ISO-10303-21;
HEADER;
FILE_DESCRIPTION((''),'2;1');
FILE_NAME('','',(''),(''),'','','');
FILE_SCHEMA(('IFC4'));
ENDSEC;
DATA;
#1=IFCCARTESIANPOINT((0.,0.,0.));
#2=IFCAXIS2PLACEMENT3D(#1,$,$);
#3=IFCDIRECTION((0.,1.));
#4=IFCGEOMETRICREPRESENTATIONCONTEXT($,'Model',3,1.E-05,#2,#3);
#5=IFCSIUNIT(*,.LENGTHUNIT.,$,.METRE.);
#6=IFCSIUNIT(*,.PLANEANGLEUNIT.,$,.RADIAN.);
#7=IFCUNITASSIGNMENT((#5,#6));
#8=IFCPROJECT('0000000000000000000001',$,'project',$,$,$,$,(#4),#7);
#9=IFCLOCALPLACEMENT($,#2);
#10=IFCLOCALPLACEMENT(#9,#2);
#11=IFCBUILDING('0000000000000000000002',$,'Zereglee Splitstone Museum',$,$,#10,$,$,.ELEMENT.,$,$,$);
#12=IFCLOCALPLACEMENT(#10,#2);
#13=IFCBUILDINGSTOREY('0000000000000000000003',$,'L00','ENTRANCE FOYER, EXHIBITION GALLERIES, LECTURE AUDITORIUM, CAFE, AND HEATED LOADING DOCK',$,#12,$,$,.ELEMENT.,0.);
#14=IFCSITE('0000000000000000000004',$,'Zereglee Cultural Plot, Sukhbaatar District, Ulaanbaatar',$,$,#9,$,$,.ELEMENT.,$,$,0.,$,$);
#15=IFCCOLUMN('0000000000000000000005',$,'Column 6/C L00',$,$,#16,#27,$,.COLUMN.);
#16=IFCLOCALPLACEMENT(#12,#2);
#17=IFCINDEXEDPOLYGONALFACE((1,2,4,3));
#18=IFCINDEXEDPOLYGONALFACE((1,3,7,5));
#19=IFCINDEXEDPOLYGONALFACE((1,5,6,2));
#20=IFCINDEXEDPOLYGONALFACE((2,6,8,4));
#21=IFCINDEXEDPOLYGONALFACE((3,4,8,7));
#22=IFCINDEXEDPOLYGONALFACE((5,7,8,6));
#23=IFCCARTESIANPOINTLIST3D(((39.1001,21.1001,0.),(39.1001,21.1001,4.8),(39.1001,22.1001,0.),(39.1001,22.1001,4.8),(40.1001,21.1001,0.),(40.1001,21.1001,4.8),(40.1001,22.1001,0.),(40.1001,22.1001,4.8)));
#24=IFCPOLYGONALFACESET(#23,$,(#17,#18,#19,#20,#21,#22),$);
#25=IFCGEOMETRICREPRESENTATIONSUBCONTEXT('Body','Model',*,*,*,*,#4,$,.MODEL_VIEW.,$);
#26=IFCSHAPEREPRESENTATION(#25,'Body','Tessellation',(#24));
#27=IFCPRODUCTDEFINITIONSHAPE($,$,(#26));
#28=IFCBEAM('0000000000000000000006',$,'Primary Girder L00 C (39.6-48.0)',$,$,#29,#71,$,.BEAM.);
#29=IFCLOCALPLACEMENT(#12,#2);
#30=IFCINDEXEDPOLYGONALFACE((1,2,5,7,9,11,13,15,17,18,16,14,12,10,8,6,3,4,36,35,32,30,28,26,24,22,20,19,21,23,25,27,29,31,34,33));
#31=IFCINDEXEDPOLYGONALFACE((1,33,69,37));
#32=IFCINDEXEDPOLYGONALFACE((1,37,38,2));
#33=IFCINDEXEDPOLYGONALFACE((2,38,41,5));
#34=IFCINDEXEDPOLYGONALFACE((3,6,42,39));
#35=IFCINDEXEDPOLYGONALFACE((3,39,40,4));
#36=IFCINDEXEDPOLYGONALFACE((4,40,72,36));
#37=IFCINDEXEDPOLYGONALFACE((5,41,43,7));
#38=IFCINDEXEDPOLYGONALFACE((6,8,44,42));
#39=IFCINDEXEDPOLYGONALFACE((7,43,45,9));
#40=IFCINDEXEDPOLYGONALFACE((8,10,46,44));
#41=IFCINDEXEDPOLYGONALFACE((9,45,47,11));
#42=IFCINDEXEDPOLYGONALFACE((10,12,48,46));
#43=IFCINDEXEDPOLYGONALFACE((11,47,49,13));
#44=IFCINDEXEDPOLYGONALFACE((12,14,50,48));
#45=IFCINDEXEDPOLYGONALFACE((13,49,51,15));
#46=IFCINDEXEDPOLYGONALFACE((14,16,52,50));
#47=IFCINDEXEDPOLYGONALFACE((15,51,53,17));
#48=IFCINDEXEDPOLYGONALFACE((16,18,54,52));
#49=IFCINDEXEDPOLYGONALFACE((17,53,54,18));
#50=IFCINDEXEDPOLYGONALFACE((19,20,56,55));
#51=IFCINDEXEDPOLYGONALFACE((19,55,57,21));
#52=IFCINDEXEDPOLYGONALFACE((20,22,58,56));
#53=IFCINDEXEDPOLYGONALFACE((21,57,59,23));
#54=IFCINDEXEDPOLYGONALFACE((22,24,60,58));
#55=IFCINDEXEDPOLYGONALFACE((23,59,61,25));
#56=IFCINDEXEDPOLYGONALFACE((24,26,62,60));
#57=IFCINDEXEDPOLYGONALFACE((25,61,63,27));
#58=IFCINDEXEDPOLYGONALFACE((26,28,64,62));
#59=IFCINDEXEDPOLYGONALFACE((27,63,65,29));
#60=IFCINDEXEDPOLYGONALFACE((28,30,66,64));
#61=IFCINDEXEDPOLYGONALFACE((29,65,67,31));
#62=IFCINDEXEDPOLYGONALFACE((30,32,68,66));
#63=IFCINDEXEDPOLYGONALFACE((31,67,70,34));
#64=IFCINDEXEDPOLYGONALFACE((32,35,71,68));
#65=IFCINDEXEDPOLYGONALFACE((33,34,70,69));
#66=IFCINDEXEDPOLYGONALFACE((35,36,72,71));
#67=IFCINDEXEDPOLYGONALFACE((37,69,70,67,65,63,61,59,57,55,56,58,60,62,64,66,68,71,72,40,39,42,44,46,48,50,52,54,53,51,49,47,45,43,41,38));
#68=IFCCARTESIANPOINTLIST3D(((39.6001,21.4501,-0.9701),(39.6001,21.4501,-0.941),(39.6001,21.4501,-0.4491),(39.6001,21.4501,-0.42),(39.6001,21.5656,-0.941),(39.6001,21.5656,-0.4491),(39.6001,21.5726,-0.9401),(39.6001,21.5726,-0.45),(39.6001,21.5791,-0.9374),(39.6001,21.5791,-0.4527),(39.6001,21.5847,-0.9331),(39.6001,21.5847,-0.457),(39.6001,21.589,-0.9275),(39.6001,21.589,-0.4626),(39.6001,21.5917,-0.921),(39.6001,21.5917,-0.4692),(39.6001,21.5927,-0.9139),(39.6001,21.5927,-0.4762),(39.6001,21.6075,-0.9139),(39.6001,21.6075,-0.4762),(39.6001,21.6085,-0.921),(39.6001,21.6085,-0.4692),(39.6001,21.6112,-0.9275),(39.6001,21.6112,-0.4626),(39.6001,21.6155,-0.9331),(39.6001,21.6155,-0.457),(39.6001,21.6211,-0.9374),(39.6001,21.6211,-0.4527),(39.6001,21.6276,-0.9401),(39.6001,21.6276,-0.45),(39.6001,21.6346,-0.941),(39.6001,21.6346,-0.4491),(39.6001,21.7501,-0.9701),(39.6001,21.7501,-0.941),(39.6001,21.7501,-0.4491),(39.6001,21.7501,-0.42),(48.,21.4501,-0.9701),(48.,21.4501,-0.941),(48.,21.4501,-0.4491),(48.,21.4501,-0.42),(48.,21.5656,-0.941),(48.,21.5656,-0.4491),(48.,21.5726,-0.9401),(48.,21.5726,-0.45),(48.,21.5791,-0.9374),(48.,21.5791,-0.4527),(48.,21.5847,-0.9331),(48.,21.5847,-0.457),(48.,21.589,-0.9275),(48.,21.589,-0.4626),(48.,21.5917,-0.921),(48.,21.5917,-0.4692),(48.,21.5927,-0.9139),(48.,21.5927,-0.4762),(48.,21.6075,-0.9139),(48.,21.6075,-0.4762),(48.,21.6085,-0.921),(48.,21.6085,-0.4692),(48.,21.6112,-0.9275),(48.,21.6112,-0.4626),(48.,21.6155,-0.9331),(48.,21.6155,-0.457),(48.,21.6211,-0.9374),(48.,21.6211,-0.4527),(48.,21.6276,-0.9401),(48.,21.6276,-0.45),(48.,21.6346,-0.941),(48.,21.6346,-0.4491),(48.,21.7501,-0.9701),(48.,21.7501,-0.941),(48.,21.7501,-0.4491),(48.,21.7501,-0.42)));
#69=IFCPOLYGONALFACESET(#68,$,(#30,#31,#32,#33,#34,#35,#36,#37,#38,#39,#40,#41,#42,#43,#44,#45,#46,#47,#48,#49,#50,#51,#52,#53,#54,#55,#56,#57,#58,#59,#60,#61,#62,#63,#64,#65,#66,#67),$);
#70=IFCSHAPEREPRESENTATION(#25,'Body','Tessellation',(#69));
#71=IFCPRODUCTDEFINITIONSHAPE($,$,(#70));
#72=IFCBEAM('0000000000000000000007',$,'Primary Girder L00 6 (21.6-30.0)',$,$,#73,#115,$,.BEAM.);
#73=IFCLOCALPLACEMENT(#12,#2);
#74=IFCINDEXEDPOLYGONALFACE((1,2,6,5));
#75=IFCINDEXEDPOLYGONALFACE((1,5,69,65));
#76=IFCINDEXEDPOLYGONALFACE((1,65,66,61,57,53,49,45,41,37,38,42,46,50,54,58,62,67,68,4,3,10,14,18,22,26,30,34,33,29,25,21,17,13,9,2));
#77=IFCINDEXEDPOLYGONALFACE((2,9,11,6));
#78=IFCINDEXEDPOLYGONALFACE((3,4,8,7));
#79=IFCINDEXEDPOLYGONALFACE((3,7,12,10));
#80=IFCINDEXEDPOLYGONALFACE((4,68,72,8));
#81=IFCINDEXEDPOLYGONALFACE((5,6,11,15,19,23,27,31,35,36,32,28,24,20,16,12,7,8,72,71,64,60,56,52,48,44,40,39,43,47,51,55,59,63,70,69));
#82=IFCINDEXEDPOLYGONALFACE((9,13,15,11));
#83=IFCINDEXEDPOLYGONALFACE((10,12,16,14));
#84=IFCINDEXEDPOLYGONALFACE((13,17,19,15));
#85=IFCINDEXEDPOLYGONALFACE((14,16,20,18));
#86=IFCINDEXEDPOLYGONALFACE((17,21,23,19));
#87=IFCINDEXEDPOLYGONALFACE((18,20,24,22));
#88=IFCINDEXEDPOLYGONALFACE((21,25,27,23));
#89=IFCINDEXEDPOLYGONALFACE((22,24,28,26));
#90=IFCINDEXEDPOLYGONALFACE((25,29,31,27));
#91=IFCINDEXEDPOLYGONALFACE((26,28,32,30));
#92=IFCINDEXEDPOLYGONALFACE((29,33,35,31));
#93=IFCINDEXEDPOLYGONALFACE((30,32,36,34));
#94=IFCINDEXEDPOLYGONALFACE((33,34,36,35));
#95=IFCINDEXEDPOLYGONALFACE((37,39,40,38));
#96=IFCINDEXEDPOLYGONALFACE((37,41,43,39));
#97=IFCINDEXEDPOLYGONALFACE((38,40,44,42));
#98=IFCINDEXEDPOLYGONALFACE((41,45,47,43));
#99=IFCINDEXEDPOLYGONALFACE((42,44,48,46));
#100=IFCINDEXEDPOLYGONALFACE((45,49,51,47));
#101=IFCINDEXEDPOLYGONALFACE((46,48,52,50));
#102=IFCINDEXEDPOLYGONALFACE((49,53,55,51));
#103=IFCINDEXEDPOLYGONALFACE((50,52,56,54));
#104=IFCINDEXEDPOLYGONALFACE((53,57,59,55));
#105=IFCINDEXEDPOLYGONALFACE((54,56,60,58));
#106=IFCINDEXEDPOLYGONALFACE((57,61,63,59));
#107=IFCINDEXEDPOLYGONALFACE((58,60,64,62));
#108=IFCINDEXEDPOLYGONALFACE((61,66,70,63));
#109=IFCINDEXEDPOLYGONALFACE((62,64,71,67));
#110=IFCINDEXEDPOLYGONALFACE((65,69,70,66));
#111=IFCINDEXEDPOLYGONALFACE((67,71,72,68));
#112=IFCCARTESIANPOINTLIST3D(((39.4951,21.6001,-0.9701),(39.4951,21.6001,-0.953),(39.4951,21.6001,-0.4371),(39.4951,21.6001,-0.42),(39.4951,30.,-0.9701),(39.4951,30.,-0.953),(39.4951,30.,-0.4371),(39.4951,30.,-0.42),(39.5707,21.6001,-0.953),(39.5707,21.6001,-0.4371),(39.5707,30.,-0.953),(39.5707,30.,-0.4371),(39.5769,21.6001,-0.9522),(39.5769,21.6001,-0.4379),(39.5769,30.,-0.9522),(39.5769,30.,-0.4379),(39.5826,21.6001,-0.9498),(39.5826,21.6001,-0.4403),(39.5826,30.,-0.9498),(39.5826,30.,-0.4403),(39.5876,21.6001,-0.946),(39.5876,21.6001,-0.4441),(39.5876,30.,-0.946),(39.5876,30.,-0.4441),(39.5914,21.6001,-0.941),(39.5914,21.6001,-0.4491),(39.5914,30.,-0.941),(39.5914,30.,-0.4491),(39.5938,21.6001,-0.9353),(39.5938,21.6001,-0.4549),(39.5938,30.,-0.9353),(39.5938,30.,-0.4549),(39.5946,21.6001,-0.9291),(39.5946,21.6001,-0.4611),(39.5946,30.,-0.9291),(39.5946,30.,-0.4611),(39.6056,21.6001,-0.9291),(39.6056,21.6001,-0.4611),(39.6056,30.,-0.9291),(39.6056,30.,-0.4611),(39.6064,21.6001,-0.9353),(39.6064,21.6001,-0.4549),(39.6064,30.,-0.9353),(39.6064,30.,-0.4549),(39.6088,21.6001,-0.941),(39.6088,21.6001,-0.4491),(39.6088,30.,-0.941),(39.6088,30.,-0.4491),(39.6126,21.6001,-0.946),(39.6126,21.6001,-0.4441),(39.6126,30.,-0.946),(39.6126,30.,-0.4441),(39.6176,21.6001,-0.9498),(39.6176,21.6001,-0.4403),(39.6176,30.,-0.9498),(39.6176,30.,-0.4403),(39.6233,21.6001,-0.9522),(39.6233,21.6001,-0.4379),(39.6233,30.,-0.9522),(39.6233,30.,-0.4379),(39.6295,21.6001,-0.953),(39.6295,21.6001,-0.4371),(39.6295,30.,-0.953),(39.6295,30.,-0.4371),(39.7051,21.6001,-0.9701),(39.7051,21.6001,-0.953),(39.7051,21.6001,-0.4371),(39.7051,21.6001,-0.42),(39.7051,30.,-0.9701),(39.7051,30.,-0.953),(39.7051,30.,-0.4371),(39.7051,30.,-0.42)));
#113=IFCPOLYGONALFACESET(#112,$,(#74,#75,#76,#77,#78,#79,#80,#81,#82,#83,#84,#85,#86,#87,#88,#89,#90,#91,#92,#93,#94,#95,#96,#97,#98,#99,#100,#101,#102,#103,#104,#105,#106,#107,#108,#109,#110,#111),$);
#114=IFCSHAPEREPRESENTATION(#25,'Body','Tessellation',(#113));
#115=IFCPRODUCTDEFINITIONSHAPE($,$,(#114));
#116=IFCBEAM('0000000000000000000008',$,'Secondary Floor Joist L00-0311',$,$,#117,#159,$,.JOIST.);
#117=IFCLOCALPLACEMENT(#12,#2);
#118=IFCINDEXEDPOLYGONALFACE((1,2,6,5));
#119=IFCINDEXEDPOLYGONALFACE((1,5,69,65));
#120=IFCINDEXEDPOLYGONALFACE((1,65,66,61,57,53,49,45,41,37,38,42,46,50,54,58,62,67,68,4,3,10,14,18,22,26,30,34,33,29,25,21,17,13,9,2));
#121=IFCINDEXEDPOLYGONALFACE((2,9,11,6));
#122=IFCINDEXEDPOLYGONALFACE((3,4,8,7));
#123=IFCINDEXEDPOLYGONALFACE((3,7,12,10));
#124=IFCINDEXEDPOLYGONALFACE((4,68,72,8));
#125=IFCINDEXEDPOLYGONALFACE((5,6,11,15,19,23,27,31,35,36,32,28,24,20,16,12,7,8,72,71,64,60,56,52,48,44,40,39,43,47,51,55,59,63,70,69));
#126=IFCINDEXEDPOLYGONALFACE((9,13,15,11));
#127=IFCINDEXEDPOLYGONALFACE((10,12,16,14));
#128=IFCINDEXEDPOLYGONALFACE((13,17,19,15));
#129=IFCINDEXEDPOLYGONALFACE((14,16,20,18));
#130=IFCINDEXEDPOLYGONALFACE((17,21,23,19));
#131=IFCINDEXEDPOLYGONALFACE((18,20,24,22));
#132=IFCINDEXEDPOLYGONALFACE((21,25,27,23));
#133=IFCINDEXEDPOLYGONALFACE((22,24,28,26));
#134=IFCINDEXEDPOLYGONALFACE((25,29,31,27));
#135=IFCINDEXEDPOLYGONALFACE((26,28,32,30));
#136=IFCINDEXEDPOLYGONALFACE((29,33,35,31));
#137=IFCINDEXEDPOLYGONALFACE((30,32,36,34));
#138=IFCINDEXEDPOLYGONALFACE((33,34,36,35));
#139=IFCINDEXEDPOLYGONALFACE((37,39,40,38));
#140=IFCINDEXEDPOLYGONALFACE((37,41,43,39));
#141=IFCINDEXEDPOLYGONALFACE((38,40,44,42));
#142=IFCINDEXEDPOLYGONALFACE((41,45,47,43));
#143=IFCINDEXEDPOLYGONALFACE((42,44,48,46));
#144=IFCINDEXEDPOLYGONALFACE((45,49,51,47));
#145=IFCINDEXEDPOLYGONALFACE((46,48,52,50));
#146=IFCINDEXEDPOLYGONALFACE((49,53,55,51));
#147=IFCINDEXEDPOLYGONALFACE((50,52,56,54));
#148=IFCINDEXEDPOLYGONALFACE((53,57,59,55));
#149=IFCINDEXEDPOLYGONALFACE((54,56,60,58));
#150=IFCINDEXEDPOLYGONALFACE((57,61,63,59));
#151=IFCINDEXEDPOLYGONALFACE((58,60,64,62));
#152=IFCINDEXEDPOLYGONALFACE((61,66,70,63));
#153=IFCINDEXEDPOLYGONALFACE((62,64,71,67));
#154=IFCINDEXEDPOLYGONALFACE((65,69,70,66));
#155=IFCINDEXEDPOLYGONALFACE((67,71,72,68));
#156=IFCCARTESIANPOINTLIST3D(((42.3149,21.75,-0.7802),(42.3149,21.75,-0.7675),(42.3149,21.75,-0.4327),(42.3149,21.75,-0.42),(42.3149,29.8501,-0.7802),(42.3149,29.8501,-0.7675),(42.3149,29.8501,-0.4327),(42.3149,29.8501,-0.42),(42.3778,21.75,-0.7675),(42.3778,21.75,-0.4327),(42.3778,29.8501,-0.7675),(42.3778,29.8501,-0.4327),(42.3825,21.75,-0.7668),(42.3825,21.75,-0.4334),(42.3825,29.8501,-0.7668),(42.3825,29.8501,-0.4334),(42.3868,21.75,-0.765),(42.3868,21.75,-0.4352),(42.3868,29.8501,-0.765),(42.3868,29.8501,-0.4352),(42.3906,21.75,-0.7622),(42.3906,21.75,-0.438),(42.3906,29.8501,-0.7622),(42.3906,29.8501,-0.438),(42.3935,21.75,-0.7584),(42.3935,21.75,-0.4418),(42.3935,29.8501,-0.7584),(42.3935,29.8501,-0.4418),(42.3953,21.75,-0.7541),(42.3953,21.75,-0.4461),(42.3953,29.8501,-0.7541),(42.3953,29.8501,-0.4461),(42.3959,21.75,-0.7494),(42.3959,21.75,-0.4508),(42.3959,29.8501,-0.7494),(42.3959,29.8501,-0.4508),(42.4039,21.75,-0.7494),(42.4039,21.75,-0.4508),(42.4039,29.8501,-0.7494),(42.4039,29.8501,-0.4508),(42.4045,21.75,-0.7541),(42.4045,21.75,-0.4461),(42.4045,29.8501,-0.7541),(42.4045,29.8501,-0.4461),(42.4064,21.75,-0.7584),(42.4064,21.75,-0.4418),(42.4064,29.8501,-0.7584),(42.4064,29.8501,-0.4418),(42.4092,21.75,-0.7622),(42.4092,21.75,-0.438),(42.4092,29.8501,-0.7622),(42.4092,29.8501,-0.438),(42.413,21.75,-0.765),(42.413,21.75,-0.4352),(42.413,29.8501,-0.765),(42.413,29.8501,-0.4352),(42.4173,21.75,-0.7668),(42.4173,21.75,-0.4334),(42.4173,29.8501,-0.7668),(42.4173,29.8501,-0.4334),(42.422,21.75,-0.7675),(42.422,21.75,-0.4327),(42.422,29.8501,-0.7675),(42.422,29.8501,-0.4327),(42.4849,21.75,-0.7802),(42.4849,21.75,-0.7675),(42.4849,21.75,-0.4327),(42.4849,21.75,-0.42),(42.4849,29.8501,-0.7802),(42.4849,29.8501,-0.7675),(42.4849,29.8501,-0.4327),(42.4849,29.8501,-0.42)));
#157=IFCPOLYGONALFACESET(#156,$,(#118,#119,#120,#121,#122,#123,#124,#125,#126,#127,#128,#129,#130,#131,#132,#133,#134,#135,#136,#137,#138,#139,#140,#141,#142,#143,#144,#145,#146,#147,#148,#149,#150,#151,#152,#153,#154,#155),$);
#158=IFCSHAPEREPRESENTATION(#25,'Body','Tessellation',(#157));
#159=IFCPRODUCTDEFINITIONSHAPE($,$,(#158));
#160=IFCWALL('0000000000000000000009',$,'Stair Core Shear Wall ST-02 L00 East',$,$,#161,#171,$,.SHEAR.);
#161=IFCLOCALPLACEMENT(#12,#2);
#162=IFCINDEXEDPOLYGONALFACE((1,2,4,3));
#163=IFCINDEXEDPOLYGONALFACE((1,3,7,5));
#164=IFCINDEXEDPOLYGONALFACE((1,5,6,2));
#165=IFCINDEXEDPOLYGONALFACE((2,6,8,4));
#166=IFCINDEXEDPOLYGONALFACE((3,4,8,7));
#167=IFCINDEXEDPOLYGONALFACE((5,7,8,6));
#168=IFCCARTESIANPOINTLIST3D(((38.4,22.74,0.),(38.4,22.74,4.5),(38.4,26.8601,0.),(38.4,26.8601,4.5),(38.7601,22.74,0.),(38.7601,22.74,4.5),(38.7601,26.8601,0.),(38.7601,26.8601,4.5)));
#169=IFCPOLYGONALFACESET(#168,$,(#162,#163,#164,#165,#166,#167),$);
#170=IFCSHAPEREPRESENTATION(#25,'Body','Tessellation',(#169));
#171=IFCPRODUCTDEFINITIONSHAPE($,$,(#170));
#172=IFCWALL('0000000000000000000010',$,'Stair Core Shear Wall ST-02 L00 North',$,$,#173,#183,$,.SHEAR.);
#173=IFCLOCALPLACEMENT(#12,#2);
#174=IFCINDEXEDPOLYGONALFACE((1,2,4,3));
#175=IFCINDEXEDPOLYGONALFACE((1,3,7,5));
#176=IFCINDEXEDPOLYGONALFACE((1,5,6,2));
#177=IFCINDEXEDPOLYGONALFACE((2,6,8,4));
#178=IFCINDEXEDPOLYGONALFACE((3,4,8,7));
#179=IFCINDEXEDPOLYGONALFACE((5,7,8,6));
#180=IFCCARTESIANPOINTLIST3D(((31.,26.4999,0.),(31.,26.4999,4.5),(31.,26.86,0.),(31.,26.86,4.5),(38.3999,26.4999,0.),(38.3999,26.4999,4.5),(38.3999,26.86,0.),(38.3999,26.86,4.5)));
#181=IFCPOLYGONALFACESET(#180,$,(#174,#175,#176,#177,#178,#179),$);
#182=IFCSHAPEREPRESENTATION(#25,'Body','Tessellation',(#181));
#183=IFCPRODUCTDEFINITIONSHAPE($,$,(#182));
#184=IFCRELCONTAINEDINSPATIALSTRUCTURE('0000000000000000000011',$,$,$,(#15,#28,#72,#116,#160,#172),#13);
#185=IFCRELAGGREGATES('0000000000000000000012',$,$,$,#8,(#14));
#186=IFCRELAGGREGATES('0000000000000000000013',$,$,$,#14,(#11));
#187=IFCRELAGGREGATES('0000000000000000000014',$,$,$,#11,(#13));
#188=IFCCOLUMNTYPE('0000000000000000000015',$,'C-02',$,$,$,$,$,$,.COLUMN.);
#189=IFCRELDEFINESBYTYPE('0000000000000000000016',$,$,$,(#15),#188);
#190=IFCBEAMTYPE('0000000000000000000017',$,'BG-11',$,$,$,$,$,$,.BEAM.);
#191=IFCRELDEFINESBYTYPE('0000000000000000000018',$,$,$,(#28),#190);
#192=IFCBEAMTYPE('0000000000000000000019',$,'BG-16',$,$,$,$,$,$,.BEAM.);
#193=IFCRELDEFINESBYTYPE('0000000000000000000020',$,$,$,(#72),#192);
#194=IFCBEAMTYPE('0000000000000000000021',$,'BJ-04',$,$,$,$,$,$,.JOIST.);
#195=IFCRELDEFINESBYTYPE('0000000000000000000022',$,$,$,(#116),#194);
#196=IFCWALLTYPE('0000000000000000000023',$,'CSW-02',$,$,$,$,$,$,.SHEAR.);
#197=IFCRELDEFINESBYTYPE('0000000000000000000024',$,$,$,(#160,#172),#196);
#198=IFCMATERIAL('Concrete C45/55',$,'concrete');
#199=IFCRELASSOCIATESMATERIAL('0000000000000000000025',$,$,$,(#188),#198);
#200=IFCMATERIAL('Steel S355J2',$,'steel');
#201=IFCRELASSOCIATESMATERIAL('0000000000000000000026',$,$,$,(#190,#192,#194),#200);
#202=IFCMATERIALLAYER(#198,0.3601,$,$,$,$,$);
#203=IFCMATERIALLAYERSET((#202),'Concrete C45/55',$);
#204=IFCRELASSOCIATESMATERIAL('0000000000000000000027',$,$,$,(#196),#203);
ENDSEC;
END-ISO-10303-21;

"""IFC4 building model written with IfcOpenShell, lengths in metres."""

from ifc_helpers import new_model, si_unit, direction, frame, frame_2d, origin, origin_2d, place, context, subcontext, project, spatial, rectangle, i_section, extrude, material, layer, layer_set, material_profile, profile_set, type_object, element, save


model = new_model("IFC4")

# Units and contexts
model_context = context("Model", 3, precision=1e-05, world=origin(), true_north=direction((0.0, 1.0)))
body_context = subcontext(model_context, "Body", "Model", "MODEL_VIEW")
ifc_project = project(units=[si_unit("LENGTHUNIT", "METRE"), si_unit("PLANEANGLEUNIT", "RADIAN")], contexts=[model_context])

# Site, building, storey
site_placement = place(None, origin())
site = spatial("IfcSite", under=ifc_project, at=site_placement, Name="Zereglee Cultural Plot, Sukhbaatar District, Ulaanbaatar", CompositionType="ELEMENT", RefElevation=0.0)
building_placement = place(site_placement, origin())
building = spatial("IfcBuilding", under=site, at=building_placement, Name="Zereglee Splitstone Museum", CompositionType="ELEMENT")
storey_placement = place(building_placement, origin())
storey = spatial("IfcBuildingStorey", under=building, at=storey_placement, Name="L00", Description="ENTRANCE FOYER, EXHIBITION GALLERIES, LECTURE AUDITORIUM, CAFE, AND HEATED LOADING DOCK", CompositionType="ELEMENT", Elevation=0.0)

# Column
ifc_material_1 = material(Name="Concrete C45/55", Category="concrete")
ifc_material_profile_1 = material_profile(ifc_material_1, rectangle(XDim=1.0, YDim=1.0, at=origin_2d()), Name="RC 1000x1000")
ifc_profile_set_1 = profile_set([ifc_material_profile_1], Name="Concrete C45/55")
column_type = type_object("IfcColumnType", Name="C-02", PredefinedType="COLUMN", material=ifc_profile_set_1)
column_placement = place(storey_placement, frame((39.6001, 21.6001, 0.0), z_axis=(0.0, 0.0, 1.0), x_axis=(1.0, 0.0, 0.0)))
element("IfcColumn", 1, at=column_placement, inside=storey, type_object=column_type, Name="Column 6/C L00", PredefinedType="COLUMN", context=body_context, shape_type="SweptSolid", body=[
    extrude(rectangle(XDim=1.0, YDim=1.0, at=origin_2d()), origin(), (0.0, 0.0, 1.0), 4.8),
])

# Beams
ifc_material_2 = material(Name="Steel S355J2", Category="steel")
ifc_material_profile_2 = material_profile(ifc_material_2, i_section(OverallWidth=0.3, OverallDepth=0.55, WebThickness=0.0149, FlangeThickness=0.0291, FilletRadius=0.0271, at=origin_2d()), Name="HE 550 B")
ifc_profile_set_2 = profile_set([ifc_material_profile_2], Name="Steel S355J2")
beam_type_1 = type_object("IfcBeamType", Name="BG-11", PredefinedType="BEAM", material=ifc_profile_set_2)
beam_1_placement = place(storey_placement, frame((39.6001, 21.6001, -0.6951), z_axis=(1.0, 0.0, 0.0), x_axis=(0.0, 1.0, 0.0)))
element("IfcBeam", 2, at=beam_1_placement, inside=storey, type_object=beam_type_1, Name="Primary Girder L00 C (39.6-48.0)", PredefinedType="BEAM", context=body_context, shape_type="SweptSolid", body=[
    extrude(i_section(OverallWidth=0.3, OverallDepth=0.55, WebThickness=0.0149, FlangeThickness=0.0291, FilletRadius=0.0271, at=origin_2d()), origin(), (0.0, 0.0, 1.0), 8.3999),
])
ifc_material_profile_3 = material_profile(ifc_material_2, i_section(OverallWidth=0.21, OverallDepth=0.55, WebThickness=0.011, FlangeThickness=0.0171, FilletRadius=0.0239, at=origin_2d()), Name="IPE 550")
ifc_profile_set_3 = profile_set([ifc_material_profile_3], Name="Steel S355J2")
beam_type_2 = type_object("IfcBeamType", Name="BG-16", PredefinedType="BEAM", material=ifc_profile_set_3)
beam_2_placement = place(storey_placement, frame((39.6001, 21.6001, -0.6951), z_axis=(0.0, 1.0, 0.0), x_axis=(-1.0, 0.0, 0.0)))
element("IfcBeam", 3, at=beam_2_placement, inside=storey, type_object=beam_type_2, Name="Primary Girder L00 6 (21.6-30.0)", PredefinedType="BEAM", context=body_context, shape_type="SweptSolid", body=[
    extrude(i_section(OverallWidth=0.21, OverallDepth=0.55, WebThickness=0.011, FlangeThickness=0.0171, FilletRadius=0.0239, at=origin_2d()), origin(), (0.0, 0.0, 1.0), 8.3999),
])
ifc_material_profile_4 = material_profile(ifc_material_2, i_section(OverallWidth=0.1699, OverallDepth=0.3601, WebThickness=0.0081, FlangeThickness=0.0127, FilletRadius=0.0181, at=origin_2d()), Name="IPE 360")
ifc_profile_set_4 = profile_set([ifc_material_profile_4], Name="Steel S355J2")
beam_type_3 = type_object("IfcBeamType", Name="BJ-04", PredefinedType="JOIST", material=ifc_profile_set_4)
beam_3_placement = place(storey_placement, frame((42.3999, 21.75, -0.6001), z_axis=(0.0, 1.0, 0.0), x_axis=(-1.0, 0.0, 0.0)))
element("IfcBeam", 4, at=beam_3_placement, inside=storey, type_object=beam_type_3, Name="Secondary Floor Joist L00-0311", PredefinedType="JOIST", context=body_context, shape_type="SweptSolid", body=[
    extrude(i_section(OverallWidth=0.1699, OverallDepth=0.3601, WebThickness=0.0081, FlangeThickness=0.0127, FilletRadius=0.0181, at=origin_2d()), origin(), (0.0, 0.0, 1.0), 8.1001),
])

# Shared definitions
ifc_layer_1 = layer(ifc_material_1, 0.3601)
ifc_layer_set_1 = layer_set([ifc_layer_1], Name="Concrete C45/55")
wall_type_1 = type_object("IfcWallType", Name="CSW-02", PredefinedType="SHEAR", material=ifc_layer_set_1)

# Walls
wall_1_placement = place(storey_placement, frame((38.5801, 22.74, 0.0), z_axis=(0.0, 0.0, 1.0), x_axis=(0.0, 1.0, 0.0)))
element("IfcWall", 5, at=wall_1_placement, inside=storey, type_object=wall_type_1, Name="Stair Core Shear Wall ST-02 L00 East", PredefinedType="SHEAR", context=body_context, shape_type="SweptSolid", body=[
    extrude(rectangle(XDim=4.1201, YDim=0.3601, at=frame_2d((2.0601, 0.0))), origin(), (0.0, 0.0, 1.0), 4.5),
])
for number, where, z_axis, x_axis, name in (
    (6, (31.0, 26.6799, 0.0), (0.0, 0.0, 1.0), (1.0, 0.0, 0.0), "Stair Core Shear Wall ST-02 L00 North"),
):
    element("IfcWall", number, at=place(storey_placement, frame(where, z_axis=z_axis, x_axis=x_axis)), inside=storey, type_object=wall_type_1, Name=name, PredefinedType="SHEAR", context=body_context, shape_type="SweptSolid", body=[
        extrude(rectangle(XDim=7.3999, YDim=0.3601, at=frame_2d((3.7, 0.0))), origin(), (0.0, 0.0, 1.0), 4.5),
    ])

save(model, "model.ifc")
